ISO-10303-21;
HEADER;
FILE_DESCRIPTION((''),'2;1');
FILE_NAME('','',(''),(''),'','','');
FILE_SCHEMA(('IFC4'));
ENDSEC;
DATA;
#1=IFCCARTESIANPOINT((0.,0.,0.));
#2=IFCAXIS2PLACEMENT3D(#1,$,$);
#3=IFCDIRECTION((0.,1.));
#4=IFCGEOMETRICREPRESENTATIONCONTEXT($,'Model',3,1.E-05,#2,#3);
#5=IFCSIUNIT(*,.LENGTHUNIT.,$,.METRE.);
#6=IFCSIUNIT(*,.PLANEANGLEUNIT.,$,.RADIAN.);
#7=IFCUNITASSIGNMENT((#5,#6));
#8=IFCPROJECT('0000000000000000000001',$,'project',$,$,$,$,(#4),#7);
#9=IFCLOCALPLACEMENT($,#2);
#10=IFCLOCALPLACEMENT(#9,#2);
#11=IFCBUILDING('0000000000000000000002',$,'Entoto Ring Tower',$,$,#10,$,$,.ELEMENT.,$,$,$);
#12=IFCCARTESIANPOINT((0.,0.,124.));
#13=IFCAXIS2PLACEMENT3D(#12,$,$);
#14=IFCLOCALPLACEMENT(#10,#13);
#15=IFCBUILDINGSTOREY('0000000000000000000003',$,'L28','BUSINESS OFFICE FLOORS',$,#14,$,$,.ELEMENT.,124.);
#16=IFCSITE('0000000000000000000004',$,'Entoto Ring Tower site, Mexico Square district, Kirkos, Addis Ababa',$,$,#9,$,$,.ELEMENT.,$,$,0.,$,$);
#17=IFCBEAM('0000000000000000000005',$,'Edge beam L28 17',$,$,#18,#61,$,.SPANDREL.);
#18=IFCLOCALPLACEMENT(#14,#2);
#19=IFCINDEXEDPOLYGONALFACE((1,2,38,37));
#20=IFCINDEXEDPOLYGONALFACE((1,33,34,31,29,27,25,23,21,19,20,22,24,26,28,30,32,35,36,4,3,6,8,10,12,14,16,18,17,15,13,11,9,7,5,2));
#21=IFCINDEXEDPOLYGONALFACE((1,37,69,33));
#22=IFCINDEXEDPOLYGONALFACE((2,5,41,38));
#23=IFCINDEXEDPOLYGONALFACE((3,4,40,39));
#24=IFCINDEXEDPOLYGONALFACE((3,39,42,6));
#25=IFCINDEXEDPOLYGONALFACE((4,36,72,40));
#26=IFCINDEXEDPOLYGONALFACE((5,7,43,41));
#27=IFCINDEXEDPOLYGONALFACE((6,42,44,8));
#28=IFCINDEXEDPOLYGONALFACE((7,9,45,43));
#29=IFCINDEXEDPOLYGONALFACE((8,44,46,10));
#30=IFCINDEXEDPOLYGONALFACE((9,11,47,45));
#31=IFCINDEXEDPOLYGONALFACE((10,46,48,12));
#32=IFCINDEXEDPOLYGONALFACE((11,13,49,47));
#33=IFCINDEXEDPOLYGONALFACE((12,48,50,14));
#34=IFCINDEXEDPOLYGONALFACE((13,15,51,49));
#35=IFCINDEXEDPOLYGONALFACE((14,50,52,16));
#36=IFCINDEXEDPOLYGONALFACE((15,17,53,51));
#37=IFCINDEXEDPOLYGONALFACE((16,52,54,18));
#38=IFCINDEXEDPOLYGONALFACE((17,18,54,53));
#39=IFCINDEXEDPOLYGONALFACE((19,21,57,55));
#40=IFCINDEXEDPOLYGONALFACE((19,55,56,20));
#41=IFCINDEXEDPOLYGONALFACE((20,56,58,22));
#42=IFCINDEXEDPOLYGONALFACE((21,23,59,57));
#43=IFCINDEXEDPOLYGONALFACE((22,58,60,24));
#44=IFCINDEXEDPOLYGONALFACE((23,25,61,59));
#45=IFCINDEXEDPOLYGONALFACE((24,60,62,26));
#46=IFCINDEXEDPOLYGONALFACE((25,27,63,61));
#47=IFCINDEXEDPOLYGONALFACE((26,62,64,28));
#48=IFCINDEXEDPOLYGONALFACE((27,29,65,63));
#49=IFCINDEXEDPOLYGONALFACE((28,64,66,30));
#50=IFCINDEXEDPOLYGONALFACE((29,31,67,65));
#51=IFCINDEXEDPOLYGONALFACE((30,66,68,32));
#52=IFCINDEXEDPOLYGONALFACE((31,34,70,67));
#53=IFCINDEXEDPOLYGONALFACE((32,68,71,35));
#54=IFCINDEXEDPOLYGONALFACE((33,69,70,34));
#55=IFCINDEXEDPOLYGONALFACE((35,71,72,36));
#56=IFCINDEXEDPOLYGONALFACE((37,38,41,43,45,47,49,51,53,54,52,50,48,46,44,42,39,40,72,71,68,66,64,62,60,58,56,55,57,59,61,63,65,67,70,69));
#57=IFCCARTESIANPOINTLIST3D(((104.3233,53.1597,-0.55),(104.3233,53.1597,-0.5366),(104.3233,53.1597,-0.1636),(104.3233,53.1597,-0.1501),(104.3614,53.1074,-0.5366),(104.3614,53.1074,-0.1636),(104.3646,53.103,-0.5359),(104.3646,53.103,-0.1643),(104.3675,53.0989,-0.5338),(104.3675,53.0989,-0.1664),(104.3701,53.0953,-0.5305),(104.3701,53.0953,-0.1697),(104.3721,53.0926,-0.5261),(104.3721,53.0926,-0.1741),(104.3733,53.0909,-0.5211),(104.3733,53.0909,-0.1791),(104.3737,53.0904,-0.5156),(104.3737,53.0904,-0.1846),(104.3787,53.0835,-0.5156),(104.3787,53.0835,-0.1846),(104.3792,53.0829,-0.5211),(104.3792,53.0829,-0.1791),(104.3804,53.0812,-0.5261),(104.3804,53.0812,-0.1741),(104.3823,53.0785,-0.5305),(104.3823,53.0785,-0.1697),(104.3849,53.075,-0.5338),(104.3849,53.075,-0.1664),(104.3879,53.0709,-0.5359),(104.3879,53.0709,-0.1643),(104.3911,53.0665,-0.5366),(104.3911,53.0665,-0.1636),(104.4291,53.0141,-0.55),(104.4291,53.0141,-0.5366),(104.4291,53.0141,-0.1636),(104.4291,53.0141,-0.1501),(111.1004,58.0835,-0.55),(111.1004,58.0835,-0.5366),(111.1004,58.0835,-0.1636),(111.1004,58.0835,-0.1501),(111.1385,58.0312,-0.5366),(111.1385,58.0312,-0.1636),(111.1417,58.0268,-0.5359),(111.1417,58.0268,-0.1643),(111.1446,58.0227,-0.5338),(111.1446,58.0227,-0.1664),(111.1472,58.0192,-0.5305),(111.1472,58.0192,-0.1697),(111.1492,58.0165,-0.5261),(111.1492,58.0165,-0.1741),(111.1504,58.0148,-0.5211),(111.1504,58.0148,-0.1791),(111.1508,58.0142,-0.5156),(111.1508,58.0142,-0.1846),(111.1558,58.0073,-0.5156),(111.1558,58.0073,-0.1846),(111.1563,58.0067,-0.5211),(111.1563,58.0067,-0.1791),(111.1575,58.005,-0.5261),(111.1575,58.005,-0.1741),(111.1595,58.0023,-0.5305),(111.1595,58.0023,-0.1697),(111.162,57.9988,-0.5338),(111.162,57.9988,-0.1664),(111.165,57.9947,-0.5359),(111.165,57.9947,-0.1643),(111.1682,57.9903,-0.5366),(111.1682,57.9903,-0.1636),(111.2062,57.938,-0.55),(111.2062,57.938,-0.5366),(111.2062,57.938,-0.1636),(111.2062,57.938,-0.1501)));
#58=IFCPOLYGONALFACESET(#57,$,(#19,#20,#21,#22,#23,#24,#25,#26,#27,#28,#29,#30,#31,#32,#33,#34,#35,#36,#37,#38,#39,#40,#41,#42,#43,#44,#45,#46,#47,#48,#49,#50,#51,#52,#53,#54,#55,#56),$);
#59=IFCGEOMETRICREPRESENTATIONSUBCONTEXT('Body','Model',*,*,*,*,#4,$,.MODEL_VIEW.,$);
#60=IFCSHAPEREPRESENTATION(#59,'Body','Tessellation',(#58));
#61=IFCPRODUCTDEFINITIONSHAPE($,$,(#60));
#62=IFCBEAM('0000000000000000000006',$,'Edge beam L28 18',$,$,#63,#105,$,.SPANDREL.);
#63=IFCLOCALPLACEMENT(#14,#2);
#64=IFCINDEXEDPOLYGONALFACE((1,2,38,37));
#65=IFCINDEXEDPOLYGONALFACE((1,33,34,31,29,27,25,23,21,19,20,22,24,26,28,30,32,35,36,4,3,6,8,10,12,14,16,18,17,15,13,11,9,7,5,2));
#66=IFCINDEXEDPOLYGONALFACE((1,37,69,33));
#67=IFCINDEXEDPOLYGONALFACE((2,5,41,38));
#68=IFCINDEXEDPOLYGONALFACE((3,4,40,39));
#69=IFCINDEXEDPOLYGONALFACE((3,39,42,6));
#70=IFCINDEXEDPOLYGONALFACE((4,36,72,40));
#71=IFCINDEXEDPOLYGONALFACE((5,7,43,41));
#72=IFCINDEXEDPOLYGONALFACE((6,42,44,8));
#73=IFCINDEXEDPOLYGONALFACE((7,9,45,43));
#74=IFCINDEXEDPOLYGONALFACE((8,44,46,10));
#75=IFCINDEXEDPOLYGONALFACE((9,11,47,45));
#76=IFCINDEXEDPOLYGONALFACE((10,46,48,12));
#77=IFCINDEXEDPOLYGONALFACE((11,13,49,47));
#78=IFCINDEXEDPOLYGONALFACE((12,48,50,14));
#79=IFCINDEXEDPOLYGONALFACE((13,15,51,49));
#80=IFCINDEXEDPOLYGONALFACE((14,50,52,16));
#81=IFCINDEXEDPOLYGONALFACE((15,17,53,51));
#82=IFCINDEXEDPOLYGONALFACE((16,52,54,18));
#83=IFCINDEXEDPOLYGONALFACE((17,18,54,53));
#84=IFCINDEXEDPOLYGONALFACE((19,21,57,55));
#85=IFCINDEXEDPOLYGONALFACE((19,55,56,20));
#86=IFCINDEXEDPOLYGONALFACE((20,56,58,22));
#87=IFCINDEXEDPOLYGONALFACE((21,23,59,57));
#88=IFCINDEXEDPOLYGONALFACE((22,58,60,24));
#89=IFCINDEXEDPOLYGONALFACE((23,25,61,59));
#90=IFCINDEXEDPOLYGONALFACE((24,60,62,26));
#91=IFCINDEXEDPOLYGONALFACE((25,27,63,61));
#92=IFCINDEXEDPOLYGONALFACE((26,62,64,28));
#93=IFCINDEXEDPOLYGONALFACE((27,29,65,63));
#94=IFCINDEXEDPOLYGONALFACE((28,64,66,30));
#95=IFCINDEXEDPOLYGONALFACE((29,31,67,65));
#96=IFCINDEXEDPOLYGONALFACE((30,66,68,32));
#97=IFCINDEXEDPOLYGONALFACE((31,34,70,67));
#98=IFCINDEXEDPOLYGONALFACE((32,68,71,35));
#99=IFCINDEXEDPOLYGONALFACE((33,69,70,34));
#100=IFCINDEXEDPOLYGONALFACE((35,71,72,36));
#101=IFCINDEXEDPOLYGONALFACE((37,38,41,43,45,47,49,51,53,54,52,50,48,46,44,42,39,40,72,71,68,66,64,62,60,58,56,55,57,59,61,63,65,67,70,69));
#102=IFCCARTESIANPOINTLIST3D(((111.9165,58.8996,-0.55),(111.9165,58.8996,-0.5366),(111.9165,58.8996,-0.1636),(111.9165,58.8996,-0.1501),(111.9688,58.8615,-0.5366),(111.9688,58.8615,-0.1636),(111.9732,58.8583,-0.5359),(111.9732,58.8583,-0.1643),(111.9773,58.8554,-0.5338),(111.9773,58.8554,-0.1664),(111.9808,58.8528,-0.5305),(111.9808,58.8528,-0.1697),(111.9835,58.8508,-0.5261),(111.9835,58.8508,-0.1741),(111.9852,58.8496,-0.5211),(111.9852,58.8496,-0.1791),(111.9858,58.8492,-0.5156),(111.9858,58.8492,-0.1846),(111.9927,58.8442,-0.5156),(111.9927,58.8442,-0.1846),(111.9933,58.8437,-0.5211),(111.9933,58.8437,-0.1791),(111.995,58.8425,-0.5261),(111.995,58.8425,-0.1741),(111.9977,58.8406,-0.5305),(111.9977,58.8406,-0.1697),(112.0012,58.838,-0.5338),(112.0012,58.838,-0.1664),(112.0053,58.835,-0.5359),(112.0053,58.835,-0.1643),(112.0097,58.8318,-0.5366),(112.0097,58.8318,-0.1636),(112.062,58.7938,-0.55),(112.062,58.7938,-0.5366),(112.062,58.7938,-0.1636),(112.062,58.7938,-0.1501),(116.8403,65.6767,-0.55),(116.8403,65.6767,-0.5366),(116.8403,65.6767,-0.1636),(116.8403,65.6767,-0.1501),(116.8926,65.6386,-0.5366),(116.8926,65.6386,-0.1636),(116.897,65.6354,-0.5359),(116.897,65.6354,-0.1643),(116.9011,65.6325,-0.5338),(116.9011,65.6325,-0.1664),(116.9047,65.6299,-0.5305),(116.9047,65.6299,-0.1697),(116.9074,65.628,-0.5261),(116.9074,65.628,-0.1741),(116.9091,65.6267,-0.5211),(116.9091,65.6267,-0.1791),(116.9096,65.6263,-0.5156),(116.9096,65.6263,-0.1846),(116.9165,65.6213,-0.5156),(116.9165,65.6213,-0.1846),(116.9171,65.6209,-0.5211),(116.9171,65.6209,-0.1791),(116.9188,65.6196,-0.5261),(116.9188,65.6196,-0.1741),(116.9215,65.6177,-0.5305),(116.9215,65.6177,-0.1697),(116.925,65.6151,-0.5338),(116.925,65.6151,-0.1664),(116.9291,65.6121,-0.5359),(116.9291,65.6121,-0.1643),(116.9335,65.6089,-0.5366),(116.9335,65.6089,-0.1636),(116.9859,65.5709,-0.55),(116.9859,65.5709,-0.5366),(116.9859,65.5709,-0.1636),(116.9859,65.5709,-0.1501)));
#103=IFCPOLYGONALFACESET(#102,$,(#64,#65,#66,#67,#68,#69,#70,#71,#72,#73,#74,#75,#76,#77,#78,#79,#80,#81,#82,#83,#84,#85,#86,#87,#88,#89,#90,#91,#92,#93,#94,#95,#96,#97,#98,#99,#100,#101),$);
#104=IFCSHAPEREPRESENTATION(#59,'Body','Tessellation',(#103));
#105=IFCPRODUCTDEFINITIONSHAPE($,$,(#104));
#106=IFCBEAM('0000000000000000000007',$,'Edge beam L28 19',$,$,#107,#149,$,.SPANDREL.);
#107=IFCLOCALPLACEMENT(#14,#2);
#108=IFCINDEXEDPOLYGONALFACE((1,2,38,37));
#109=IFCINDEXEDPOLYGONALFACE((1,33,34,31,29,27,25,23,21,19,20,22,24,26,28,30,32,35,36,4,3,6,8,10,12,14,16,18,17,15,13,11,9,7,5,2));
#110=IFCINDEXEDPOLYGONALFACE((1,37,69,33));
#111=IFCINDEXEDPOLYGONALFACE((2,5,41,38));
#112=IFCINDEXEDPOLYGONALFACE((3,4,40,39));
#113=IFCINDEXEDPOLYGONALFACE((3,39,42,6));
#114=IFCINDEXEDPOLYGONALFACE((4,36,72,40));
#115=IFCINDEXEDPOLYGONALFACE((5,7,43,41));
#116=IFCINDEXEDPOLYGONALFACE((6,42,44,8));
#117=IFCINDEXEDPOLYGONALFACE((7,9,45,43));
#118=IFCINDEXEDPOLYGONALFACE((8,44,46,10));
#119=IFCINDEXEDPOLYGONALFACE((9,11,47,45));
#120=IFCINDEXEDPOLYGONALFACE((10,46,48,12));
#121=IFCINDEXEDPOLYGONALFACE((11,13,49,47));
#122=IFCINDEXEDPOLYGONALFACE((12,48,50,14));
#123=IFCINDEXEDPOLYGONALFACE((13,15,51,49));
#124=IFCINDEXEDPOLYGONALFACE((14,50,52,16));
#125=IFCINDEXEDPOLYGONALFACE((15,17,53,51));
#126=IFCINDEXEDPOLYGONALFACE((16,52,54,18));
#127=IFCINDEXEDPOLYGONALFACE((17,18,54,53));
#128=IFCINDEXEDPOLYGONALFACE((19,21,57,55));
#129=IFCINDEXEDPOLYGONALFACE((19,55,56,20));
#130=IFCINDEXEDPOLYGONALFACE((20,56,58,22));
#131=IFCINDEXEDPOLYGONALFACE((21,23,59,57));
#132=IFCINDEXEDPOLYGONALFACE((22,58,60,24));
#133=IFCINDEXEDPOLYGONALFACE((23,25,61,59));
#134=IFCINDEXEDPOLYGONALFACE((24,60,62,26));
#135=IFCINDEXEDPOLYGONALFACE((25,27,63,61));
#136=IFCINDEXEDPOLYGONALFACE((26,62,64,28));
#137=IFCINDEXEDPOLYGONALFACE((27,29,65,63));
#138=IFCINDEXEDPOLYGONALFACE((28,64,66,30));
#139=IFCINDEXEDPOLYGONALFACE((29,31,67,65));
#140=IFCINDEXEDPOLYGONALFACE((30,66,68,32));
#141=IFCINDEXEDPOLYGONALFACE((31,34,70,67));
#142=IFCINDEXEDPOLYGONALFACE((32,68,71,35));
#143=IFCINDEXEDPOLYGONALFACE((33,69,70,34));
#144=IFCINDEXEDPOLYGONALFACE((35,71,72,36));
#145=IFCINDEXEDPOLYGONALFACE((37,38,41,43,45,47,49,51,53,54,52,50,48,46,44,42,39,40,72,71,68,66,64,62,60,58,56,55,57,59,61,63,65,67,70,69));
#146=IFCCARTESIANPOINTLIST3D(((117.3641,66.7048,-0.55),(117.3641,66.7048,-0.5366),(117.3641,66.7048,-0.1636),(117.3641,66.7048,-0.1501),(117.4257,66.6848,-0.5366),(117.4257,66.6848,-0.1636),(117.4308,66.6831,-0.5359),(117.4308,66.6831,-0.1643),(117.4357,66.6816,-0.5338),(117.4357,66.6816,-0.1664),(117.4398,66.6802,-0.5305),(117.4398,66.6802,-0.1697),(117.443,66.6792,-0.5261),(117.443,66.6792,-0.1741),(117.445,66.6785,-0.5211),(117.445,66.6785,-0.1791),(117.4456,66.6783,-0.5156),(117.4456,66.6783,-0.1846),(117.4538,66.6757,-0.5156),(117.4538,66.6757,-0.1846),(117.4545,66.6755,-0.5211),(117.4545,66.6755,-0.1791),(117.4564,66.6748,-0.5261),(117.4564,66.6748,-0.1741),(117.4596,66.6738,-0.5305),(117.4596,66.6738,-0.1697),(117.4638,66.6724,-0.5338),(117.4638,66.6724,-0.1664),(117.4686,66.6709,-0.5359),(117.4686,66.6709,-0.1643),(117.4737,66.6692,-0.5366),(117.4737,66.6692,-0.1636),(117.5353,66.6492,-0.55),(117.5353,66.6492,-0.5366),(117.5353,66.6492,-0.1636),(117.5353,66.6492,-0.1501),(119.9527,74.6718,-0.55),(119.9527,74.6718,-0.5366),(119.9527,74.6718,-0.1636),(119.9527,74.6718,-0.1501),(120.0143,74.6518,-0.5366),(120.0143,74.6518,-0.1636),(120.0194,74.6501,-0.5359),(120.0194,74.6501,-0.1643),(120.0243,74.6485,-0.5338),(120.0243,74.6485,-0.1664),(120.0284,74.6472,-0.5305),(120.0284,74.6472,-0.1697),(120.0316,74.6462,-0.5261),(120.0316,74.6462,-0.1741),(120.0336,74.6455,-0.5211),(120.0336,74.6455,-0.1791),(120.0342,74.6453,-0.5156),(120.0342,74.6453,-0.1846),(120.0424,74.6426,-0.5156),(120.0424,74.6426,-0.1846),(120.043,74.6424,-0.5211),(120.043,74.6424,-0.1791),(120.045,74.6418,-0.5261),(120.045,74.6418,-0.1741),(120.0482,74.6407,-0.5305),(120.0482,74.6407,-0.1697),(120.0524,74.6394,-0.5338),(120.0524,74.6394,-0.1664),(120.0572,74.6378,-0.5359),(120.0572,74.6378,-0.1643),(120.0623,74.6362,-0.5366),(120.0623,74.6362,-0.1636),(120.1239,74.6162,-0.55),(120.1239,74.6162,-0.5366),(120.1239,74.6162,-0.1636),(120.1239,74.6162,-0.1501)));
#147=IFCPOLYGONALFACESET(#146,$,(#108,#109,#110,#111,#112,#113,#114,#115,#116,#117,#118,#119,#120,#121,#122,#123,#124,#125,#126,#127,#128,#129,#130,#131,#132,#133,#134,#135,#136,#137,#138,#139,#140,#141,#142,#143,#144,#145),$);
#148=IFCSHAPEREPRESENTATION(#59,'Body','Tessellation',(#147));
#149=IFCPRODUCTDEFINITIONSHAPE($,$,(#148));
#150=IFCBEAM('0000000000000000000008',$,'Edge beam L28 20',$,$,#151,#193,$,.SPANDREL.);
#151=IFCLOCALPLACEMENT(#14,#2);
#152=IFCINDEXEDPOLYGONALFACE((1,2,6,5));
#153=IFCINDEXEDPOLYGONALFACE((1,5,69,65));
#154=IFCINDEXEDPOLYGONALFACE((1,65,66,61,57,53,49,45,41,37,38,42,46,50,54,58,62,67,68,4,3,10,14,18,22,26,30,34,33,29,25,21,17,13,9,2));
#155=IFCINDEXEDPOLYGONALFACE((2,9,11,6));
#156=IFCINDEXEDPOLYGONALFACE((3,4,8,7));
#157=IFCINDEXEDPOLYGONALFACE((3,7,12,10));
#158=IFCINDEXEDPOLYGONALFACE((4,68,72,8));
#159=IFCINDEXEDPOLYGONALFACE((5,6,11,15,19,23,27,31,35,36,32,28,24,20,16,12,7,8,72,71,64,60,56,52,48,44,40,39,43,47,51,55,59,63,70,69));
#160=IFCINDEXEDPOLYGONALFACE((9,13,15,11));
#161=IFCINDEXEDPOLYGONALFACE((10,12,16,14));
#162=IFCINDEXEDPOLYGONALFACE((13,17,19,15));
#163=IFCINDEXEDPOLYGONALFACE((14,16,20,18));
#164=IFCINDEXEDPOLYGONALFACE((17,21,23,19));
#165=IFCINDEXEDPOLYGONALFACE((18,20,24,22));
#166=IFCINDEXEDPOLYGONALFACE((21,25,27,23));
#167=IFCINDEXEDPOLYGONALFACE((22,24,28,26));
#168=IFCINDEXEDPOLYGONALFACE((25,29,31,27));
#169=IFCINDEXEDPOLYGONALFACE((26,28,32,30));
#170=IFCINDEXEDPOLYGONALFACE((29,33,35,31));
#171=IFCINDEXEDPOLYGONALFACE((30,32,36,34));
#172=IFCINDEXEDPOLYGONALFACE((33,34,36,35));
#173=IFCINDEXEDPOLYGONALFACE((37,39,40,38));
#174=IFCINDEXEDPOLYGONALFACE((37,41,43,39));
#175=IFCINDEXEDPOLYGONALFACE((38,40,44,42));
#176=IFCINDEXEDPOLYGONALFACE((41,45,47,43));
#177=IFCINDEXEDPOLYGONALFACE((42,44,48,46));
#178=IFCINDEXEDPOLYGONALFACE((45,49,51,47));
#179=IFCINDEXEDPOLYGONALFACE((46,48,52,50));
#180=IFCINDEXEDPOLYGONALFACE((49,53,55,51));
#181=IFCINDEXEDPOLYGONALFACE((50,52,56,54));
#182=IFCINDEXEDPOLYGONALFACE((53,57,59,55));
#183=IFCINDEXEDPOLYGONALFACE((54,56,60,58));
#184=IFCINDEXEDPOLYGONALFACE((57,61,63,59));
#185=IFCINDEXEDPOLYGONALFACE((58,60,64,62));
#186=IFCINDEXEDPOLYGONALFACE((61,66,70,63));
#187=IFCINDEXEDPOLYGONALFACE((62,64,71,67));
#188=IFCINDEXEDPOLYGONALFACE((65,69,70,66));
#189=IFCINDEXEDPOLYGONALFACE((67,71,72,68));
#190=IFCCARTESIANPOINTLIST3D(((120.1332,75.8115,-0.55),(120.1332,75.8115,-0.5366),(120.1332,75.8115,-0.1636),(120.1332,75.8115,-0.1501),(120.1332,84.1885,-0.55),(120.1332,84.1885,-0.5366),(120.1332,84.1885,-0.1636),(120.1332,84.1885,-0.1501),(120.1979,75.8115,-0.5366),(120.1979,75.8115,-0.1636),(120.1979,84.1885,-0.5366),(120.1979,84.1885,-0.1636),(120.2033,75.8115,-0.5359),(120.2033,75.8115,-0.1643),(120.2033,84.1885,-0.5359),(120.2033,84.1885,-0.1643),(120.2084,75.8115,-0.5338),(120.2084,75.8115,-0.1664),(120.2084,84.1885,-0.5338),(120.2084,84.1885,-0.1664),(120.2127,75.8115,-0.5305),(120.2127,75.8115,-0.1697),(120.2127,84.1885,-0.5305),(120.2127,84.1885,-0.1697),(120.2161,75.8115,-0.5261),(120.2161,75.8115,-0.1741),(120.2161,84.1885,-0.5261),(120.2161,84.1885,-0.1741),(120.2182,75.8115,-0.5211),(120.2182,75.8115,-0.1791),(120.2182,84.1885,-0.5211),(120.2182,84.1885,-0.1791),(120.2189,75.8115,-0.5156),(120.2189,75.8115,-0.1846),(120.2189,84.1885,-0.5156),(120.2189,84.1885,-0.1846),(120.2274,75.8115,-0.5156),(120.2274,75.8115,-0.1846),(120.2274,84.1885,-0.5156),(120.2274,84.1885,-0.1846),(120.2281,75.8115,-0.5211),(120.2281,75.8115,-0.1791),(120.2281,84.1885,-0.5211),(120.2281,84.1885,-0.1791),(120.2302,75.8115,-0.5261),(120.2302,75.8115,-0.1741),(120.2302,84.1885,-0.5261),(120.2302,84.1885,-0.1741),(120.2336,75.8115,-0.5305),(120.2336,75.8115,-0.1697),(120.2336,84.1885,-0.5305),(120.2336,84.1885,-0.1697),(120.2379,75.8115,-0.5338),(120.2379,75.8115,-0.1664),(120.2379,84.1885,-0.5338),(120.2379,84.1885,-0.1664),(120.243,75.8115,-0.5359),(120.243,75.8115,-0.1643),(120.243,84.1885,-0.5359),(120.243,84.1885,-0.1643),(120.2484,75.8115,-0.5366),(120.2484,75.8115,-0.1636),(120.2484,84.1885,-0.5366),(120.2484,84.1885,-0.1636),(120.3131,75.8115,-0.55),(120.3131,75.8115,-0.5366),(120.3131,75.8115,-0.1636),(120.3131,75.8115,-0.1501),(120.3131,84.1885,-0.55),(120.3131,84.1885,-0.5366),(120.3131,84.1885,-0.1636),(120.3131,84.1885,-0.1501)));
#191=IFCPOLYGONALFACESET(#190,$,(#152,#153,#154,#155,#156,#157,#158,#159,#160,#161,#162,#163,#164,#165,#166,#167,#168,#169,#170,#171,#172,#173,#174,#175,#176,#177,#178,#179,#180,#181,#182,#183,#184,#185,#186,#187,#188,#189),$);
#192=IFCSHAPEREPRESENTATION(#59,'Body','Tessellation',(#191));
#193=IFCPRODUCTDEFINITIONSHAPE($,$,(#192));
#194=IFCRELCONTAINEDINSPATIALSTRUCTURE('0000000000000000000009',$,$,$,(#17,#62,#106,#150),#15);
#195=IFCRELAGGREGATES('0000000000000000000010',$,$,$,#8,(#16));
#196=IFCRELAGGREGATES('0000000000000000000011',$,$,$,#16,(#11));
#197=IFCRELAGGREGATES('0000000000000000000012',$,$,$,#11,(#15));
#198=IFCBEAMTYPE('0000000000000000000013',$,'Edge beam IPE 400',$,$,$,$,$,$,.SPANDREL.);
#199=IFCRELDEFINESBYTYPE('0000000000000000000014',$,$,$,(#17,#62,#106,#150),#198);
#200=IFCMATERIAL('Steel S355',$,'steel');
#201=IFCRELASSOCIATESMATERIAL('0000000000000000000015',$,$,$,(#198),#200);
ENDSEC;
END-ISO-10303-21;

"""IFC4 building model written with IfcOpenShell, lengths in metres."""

from ifc_helpers import new_model, si_unit, direction, frame, origin, origin_2d, place, context, subcontext, project, spatial, i_section, extrude, material, material_profile, profile_set, type_object, element, save


model = new_model("IFC4")

# Units and contexts
model_context = context("Model", 3, precision=1e-05, world=origin(), true_north=direction((0.0, 1.0)))
body_context = subcontext(model_context, "Body", "Model", "MODEL_VIEW")
ifc_project = project(units=[si_unit("LENGTHUNIT", "METRE"), si_unit("PLANEANGLEUNIT", "RADIAN")], contexts=[model_context])

# Site, building, storey
site_placement = place(None, origin())
site = spatial("IfcSite", under=ifc_project, at=site_placement, Name="Entoto Ring Tower site, Mexico Square district, Kirkos, Addis Ababa", CompositionType="ELEMENT", RefElevation=0.0)
building_placement = place(site_placement, origin())
building = spatial("IfcBuilding", under=site, at=building_placement, Name="Entoto Ring Tower", CompositionType="ELEMENT")
storey_placement = place(building_placement, frame((0.0, 0.0, 124.0)))
storey = spatial("IfcBuildingStorey", under=building, at=storey_placement, Name="L28", Description="BUSINESS OFFICE FLOORS", CompositionType="ELEMENT", Elevation=124.0)

# Beams
ifc_material_1 = material(Name="Steel S355", Category="steel")
ifc_material_profile_1 = material_profile(ifc_material_1, i_section(OverallWidth=0.1799, OverallDepth=0.3999, WebThickness=0.0085, FlangeThickness=0.0134, FilletRadius=0.021, at=origin_2d()), Name="IPE 400")
ifc_profile_set_1 = profile_set([ifc_material_profile_1], Name="Steel S355")
beam_type_1 = type_object("IfcBeamType", Name="Edge beam IPE 400", PredefinedType="SPANDREL", material=ifc_profile_set_1)
for number, where, z_axis, x_axis, name in (
    (1, (104.3762, 53.0869, -0.3501), (0.809018, 0.587783, 0.0), (-0.587783, 0.809018, 0.0), "Edge beam L28 17"),
    (2, (111.9893, 58.8467, -0.3501), (0.587783, 0.809018, 0.0), (-0.809018, 0.587783, 0.0), "Edge beam L28 18"),
    (3, (117.4497, 66.677, -0.3501), (0.309014, 0.951057, 0.0), (-0.951057, 0.309014, 0.0), "Edge beam L28 19"),
    (4, (120.2231, 75.8115, -0.3501), (0.0, 1.0, 0.0), (-1.0, 0.0, 0.0), "Edge beam L28 20"),
):
    element("IfcBeam", number, at=place(storey_placement, frame(where, z_axis=z_axis, x_axis=x_axis)), inside=storey, type_object=beam_type_1, Name=name, PredefinedType="SPANDREL", context=body_context, shape_type="SweptSolid", body=[
        extrude(i_section(OverallWidth=0.1799, OverallDepth=0.3999, WebThickness=0.0085, FlangeThickness=0.0134, FilletRadius=0.021, at=origin_2d()), origin(), (0.0, 0.0, 1.0), 8.377),
    ])

save(model, "model.ifc")
